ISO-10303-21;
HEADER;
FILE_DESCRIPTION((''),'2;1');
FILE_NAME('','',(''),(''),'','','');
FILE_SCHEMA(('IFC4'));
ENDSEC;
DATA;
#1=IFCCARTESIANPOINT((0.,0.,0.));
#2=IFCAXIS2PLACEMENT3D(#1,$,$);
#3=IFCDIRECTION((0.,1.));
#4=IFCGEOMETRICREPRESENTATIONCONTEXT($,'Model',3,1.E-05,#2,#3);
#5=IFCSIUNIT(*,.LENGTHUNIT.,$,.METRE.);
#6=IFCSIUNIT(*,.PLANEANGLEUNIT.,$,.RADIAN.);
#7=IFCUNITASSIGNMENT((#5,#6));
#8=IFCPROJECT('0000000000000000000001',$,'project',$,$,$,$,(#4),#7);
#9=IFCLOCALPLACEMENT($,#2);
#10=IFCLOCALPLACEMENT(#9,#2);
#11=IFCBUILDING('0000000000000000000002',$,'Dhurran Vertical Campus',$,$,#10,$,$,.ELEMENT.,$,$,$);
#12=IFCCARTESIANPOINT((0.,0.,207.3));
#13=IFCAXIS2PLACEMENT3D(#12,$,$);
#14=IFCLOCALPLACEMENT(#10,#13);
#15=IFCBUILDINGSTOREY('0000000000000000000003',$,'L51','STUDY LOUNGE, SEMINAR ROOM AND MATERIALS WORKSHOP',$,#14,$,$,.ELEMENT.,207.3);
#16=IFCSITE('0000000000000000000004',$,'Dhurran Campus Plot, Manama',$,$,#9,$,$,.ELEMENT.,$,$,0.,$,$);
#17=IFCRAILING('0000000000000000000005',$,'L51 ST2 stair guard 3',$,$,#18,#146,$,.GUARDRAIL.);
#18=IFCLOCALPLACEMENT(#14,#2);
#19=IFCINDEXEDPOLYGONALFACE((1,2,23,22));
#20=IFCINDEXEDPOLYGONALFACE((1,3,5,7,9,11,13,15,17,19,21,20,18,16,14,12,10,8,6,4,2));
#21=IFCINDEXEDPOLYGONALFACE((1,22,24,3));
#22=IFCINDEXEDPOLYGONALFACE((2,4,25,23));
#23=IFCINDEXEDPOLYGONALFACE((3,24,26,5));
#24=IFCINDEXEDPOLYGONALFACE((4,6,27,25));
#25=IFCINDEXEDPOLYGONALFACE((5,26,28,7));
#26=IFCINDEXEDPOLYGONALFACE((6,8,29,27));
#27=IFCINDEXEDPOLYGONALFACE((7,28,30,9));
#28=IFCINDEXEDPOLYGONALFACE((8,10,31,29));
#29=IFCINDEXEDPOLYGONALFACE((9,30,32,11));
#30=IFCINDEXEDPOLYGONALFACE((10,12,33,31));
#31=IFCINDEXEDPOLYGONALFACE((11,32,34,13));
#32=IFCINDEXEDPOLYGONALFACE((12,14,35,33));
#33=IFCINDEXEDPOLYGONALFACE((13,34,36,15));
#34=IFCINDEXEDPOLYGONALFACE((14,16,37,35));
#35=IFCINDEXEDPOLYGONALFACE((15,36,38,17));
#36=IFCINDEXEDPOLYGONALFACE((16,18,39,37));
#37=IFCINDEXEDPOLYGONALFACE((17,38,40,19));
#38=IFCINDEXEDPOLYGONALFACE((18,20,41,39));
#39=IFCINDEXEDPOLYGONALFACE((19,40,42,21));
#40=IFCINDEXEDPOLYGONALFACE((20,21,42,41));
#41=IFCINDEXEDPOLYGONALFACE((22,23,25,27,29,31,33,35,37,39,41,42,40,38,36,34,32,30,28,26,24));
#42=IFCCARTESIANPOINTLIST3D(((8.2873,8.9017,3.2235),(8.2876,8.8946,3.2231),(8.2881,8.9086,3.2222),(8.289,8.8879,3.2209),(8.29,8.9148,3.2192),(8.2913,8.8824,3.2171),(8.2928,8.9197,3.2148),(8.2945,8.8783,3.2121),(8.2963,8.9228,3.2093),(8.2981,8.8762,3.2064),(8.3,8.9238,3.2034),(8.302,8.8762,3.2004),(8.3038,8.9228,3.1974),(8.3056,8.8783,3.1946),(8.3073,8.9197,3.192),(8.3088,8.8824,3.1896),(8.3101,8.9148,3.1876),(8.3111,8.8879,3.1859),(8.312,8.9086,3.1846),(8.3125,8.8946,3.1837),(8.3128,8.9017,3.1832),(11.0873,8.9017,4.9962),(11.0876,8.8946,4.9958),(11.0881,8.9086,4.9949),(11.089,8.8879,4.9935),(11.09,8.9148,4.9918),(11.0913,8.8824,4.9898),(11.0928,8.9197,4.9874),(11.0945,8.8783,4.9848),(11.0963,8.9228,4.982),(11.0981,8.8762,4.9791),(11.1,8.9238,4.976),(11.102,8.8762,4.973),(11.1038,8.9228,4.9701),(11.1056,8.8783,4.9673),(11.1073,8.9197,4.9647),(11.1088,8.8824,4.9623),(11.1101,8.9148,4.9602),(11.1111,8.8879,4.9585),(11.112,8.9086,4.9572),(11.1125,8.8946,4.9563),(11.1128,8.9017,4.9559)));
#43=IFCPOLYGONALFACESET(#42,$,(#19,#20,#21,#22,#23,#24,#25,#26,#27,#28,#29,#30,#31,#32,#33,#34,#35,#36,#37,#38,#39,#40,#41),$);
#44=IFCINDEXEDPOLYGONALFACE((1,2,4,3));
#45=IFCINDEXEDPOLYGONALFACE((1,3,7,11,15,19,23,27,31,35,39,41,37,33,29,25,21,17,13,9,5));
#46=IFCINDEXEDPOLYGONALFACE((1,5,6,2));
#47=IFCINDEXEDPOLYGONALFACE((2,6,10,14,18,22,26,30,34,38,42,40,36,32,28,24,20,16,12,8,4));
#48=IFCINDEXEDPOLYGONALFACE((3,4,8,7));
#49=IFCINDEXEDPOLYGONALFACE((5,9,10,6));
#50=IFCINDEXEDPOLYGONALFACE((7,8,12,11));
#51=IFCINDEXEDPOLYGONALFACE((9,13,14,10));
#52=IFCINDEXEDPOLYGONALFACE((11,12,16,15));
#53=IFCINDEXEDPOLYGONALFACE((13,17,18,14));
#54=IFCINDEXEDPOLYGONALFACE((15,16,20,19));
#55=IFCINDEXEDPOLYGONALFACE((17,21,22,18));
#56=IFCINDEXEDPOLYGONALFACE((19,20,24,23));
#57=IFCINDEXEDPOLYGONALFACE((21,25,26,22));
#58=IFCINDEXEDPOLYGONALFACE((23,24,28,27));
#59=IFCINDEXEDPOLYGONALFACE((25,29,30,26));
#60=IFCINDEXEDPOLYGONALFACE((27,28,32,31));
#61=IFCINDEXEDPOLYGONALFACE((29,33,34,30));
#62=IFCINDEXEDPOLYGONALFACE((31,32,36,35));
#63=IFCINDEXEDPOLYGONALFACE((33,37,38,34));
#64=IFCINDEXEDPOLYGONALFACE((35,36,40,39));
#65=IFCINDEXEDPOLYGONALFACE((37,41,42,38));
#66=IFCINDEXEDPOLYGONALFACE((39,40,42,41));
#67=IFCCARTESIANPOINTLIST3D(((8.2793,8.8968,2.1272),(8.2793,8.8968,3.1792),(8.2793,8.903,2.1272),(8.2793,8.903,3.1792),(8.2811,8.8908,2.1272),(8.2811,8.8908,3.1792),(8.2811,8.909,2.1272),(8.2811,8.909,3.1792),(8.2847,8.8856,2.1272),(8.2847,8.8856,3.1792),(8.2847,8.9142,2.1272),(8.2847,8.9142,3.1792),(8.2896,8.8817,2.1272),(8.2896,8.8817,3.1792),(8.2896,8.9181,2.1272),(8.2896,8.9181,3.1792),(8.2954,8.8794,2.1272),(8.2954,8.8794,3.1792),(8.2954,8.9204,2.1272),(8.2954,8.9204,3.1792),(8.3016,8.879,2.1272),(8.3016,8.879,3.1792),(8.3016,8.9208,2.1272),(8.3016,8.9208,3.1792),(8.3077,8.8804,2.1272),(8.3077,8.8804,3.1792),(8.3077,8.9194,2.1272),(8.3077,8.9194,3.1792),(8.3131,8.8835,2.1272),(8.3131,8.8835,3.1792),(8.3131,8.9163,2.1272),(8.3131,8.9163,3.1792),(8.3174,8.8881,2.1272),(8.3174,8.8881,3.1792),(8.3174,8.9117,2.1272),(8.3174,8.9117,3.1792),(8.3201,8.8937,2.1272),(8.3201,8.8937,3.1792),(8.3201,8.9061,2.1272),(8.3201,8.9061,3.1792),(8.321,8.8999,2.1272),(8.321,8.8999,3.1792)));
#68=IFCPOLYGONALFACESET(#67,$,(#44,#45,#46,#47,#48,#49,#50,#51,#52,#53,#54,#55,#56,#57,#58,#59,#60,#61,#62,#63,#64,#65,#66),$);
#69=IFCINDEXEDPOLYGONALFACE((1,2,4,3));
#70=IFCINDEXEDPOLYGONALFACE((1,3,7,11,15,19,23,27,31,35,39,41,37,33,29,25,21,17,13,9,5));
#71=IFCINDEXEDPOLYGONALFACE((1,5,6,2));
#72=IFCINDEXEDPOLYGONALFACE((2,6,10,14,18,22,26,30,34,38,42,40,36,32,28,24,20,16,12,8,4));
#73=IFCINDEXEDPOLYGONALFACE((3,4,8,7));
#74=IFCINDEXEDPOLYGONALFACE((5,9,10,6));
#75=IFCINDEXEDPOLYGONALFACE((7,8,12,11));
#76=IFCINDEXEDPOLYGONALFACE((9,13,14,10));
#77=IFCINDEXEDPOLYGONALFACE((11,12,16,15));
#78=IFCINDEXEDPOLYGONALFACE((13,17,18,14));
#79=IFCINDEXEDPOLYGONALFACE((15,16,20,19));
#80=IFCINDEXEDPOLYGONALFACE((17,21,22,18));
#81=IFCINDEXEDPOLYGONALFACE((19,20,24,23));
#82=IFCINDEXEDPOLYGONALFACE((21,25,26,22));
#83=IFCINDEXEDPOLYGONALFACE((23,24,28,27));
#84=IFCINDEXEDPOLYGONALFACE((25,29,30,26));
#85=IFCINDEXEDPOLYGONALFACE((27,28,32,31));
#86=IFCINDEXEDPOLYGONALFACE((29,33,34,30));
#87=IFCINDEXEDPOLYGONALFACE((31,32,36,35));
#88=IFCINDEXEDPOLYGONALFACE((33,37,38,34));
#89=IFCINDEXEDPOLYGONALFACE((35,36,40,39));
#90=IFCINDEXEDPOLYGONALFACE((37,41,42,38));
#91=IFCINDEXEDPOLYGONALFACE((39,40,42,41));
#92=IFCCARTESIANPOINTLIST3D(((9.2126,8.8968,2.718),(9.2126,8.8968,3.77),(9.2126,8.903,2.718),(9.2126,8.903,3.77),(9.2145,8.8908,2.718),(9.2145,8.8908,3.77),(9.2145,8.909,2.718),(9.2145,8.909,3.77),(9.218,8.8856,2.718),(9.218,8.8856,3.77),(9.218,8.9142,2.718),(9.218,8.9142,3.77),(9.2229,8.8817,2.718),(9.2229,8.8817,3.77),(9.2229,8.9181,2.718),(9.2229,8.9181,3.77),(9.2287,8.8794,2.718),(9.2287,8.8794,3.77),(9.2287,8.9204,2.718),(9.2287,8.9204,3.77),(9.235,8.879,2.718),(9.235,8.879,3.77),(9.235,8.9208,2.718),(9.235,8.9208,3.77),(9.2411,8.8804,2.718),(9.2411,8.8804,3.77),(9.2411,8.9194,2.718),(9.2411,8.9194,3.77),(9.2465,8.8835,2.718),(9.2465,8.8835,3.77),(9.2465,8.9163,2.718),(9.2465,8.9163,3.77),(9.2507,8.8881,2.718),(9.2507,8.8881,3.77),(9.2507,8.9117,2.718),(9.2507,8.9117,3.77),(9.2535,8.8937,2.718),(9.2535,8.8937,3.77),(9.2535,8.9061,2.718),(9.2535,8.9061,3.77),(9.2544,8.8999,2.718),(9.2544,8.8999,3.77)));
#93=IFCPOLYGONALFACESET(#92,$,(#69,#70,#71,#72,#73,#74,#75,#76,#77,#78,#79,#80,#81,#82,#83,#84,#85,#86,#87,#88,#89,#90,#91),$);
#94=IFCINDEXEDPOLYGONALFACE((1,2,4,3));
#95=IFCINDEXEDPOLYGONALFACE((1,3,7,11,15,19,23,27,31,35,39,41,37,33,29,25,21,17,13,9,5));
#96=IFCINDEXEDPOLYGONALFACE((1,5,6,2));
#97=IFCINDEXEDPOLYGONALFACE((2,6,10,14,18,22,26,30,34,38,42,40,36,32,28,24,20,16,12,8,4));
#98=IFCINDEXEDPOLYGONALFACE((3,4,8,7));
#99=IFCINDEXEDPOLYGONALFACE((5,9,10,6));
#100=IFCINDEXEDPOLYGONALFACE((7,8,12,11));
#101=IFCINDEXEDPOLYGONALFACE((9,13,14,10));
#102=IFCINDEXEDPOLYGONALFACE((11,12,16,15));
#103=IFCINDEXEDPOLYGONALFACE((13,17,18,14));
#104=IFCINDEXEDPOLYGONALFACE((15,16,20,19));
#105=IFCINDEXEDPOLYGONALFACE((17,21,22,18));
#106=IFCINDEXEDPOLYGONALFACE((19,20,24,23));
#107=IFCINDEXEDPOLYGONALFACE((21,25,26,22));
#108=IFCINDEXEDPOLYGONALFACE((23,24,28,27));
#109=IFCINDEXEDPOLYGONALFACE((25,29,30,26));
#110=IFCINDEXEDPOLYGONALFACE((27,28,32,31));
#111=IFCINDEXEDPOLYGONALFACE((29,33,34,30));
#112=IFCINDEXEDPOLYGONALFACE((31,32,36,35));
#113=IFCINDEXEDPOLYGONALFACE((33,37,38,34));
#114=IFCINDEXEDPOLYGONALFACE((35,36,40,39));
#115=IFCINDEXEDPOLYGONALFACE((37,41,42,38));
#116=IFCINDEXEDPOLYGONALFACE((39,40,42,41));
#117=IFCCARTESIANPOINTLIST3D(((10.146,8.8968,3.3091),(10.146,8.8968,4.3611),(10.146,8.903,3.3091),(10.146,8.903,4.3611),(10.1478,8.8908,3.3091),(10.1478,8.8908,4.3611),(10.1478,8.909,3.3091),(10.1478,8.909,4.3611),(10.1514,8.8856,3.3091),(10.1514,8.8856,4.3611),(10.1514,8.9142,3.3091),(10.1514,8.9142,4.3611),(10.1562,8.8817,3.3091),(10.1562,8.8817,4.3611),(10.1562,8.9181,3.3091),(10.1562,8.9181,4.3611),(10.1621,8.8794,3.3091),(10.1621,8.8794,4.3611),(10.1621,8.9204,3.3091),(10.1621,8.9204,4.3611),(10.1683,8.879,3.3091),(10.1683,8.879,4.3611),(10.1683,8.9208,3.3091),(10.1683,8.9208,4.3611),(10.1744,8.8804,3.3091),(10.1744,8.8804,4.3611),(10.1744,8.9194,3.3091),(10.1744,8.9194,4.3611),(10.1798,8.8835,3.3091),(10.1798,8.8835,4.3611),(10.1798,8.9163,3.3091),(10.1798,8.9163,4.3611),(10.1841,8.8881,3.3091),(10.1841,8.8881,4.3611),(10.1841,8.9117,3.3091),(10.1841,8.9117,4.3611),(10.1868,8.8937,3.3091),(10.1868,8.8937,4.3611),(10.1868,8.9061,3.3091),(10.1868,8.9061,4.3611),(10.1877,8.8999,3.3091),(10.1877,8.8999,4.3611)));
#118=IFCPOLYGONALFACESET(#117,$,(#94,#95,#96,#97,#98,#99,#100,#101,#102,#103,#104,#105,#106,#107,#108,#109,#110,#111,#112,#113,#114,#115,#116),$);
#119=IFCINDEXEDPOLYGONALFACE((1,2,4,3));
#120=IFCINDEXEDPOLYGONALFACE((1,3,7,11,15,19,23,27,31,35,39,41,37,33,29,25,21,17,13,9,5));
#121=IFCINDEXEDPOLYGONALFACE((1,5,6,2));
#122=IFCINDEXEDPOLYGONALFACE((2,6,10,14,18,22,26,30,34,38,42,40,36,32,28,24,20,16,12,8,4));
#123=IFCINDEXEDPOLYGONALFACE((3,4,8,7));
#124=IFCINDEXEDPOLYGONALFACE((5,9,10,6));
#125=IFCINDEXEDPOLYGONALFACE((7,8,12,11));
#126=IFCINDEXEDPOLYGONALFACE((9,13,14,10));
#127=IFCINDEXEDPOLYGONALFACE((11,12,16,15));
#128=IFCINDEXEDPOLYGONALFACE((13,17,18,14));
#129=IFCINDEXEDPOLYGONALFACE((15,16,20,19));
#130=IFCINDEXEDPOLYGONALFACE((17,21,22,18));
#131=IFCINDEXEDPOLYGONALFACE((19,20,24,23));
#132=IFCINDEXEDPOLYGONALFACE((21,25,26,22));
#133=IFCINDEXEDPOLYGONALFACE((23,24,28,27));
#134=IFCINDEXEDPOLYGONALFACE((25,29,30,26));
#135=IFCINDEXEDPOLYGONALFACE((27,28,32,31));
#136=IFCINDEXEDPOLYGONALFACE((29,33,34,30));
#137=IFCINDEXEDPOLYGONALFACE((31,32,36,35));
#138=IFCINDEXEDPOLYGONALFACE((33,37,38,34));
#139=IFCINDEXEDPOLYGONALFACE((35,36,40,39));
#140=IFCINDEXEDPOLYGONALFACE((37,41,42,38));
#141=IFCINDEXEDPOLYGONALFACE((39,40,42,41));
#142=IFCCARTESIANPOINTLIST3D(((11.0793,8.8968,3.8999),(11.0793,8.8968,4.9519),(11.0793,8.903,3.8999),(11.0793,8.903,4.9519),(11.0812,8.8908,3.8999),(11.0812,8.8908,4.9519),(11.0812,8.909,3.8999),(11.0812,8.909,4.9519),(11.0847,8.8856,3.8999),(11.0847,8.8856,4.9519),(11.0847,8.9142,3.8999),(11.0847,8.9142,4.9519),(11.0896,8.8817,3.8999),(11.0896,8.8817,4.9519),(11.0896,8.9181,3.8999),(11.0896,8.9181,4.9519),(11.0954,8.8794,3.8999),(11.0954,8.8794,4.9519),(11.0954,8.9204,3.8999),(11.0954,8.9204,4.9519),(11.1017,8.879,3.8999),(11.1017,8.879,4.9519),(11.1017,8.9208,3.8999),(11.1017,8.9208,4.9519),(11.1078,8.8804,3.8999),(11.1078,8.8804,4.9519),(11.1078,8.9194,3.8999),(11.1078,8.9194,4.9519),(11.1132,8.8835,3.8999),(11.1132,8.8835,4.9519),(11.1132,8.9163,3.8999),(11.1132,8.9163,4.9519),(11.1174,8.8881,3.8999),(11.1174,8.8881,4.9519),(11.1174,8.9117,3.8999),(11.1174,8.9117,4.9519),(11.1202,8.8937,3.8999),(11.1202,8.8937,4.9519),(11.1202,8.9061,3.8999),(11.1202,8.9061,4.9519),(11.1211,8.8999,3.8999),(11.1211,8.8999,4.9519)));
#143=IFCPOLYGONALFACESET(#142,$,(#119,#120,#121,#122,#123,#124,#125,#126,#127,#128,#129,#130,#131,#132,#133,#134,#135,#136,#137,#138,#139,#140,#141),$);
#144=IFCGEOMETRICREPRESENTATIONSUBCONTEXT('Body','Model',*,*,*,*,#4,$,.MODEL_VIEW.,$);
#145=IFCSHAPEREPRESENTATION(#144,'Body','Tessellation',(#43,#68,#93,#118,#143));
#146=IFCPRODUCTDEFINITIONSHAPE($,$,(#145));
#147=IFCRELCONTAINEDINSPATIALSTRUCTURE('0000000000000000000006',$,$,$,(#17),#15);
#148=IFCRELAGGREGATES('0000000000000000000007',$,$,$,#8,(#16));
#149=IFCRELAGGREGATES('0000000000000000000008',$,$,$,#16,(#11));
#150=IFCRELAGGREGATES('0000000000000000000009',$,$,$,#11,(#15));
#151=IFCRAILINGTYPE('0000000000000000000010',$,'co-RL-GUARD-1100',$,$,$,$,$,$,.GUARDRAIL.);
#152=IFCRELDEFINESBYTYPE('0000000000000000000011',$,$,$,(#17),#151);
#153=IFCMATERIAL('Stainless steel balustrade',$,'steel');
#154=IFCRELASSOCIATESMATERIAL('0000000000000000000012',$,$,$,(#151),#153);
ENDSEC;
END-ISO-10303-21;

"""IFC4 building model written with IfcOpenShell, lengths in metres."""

from ifc_helpers import new_model, si_unit, direction, frame, origin, origin_2d, place, context, subcontext, project, spatial, circle, extrude, material, type_object, element, save


model = new_model("IFC4")

# Units and contexts
model_context = context("Model", 3, precision=1e-05, world=origin(), true_north=direction((0.0, 1.0)))
body_context = subcontext(model_context, "Body", "Model", "MODEL_VIEW")
ifc_project = project(units=[si_unit("LENGTHUNIT", "METRE"), si_unit("PLANEANGLEUNIT", "RADIAN")], contexts=[model_context])

# Site, building, storey
site_placement = place(None, origin())
site = spatial("IfcSite", under=ifc_project, at=site_placement, Name="Dhurran Campus Plot, Manama", CompositionType="ELEMENT", RefElevation=0.0)
building_placement = place(site_placement, origin())
building = spatial("IfcBuilding", under=site, at=building_placement, Name="Dhurran Vertical Campus", CompositionType="ELEMENT")
storey_placement = place(building_placement, frame((0.0, 0.0, 207.3)))
storey = spatial("IfcBuildingStorey", under=building, at=storey_placement, Name="L51", Description="STUDY LOUNGE, SEMINAR ROOM AND MATERIALS WORKSHOP", CompositionType="ELEMENT", Elevation=207.3)

# Railing
ifc_material_1 = material(Name="Stainless steel balustrade", Category="steel")
railing_type_1 = type_object("IfcRailingType", Name="co-RL-GUARD-1100", PredefinedType="GUARDRAIL", material=ifc_material_1)
railing_1_placement = place(storey_placement, frame((8.3, 8.8999, 2.1272)))
element("IfcRailing", 1, at=railing_1_placement, inside=storey, type_object=railing_type_1, Name="L51 ST2 stair guard 3", PredefinedType="GUARDRAIL", context=body_context, shape_type="SweptSolid", body=[
    extrude(circle(Radius=0.0239, at=origin_2d()), frame((0.0, 0.0, 1.0762), z_axis=(0.844909, 0.0, 0.53491), x_axis=(0.0, 1.0, 0.0)), (0.0, 0.0, 1.0), 3.314),
    extrude(circle(Radius=0.021, at=origin_2d()), origin(), (0.0, 0.0, 1.0), 1.052),
    extrude(circle(Radius=0.021, at=origin_2d()), frame((0.9333, 0.0, 0.5908)), (0.0, 0.0, 1.0), 1.052),
    extrude(circle(Radius=0.021, at=origin_2d()), frame((1.8667, 0.0, 1.1819)), (0.0, 0.0, 1.0), 1.052),
    extrude(circle(Radius=0.021, at=origin_2d()), frame((2.8, 0.0, 1.7727)), (0.0, 0.0, 1.0), 1.052),
])

save(model, "model.ifc")
